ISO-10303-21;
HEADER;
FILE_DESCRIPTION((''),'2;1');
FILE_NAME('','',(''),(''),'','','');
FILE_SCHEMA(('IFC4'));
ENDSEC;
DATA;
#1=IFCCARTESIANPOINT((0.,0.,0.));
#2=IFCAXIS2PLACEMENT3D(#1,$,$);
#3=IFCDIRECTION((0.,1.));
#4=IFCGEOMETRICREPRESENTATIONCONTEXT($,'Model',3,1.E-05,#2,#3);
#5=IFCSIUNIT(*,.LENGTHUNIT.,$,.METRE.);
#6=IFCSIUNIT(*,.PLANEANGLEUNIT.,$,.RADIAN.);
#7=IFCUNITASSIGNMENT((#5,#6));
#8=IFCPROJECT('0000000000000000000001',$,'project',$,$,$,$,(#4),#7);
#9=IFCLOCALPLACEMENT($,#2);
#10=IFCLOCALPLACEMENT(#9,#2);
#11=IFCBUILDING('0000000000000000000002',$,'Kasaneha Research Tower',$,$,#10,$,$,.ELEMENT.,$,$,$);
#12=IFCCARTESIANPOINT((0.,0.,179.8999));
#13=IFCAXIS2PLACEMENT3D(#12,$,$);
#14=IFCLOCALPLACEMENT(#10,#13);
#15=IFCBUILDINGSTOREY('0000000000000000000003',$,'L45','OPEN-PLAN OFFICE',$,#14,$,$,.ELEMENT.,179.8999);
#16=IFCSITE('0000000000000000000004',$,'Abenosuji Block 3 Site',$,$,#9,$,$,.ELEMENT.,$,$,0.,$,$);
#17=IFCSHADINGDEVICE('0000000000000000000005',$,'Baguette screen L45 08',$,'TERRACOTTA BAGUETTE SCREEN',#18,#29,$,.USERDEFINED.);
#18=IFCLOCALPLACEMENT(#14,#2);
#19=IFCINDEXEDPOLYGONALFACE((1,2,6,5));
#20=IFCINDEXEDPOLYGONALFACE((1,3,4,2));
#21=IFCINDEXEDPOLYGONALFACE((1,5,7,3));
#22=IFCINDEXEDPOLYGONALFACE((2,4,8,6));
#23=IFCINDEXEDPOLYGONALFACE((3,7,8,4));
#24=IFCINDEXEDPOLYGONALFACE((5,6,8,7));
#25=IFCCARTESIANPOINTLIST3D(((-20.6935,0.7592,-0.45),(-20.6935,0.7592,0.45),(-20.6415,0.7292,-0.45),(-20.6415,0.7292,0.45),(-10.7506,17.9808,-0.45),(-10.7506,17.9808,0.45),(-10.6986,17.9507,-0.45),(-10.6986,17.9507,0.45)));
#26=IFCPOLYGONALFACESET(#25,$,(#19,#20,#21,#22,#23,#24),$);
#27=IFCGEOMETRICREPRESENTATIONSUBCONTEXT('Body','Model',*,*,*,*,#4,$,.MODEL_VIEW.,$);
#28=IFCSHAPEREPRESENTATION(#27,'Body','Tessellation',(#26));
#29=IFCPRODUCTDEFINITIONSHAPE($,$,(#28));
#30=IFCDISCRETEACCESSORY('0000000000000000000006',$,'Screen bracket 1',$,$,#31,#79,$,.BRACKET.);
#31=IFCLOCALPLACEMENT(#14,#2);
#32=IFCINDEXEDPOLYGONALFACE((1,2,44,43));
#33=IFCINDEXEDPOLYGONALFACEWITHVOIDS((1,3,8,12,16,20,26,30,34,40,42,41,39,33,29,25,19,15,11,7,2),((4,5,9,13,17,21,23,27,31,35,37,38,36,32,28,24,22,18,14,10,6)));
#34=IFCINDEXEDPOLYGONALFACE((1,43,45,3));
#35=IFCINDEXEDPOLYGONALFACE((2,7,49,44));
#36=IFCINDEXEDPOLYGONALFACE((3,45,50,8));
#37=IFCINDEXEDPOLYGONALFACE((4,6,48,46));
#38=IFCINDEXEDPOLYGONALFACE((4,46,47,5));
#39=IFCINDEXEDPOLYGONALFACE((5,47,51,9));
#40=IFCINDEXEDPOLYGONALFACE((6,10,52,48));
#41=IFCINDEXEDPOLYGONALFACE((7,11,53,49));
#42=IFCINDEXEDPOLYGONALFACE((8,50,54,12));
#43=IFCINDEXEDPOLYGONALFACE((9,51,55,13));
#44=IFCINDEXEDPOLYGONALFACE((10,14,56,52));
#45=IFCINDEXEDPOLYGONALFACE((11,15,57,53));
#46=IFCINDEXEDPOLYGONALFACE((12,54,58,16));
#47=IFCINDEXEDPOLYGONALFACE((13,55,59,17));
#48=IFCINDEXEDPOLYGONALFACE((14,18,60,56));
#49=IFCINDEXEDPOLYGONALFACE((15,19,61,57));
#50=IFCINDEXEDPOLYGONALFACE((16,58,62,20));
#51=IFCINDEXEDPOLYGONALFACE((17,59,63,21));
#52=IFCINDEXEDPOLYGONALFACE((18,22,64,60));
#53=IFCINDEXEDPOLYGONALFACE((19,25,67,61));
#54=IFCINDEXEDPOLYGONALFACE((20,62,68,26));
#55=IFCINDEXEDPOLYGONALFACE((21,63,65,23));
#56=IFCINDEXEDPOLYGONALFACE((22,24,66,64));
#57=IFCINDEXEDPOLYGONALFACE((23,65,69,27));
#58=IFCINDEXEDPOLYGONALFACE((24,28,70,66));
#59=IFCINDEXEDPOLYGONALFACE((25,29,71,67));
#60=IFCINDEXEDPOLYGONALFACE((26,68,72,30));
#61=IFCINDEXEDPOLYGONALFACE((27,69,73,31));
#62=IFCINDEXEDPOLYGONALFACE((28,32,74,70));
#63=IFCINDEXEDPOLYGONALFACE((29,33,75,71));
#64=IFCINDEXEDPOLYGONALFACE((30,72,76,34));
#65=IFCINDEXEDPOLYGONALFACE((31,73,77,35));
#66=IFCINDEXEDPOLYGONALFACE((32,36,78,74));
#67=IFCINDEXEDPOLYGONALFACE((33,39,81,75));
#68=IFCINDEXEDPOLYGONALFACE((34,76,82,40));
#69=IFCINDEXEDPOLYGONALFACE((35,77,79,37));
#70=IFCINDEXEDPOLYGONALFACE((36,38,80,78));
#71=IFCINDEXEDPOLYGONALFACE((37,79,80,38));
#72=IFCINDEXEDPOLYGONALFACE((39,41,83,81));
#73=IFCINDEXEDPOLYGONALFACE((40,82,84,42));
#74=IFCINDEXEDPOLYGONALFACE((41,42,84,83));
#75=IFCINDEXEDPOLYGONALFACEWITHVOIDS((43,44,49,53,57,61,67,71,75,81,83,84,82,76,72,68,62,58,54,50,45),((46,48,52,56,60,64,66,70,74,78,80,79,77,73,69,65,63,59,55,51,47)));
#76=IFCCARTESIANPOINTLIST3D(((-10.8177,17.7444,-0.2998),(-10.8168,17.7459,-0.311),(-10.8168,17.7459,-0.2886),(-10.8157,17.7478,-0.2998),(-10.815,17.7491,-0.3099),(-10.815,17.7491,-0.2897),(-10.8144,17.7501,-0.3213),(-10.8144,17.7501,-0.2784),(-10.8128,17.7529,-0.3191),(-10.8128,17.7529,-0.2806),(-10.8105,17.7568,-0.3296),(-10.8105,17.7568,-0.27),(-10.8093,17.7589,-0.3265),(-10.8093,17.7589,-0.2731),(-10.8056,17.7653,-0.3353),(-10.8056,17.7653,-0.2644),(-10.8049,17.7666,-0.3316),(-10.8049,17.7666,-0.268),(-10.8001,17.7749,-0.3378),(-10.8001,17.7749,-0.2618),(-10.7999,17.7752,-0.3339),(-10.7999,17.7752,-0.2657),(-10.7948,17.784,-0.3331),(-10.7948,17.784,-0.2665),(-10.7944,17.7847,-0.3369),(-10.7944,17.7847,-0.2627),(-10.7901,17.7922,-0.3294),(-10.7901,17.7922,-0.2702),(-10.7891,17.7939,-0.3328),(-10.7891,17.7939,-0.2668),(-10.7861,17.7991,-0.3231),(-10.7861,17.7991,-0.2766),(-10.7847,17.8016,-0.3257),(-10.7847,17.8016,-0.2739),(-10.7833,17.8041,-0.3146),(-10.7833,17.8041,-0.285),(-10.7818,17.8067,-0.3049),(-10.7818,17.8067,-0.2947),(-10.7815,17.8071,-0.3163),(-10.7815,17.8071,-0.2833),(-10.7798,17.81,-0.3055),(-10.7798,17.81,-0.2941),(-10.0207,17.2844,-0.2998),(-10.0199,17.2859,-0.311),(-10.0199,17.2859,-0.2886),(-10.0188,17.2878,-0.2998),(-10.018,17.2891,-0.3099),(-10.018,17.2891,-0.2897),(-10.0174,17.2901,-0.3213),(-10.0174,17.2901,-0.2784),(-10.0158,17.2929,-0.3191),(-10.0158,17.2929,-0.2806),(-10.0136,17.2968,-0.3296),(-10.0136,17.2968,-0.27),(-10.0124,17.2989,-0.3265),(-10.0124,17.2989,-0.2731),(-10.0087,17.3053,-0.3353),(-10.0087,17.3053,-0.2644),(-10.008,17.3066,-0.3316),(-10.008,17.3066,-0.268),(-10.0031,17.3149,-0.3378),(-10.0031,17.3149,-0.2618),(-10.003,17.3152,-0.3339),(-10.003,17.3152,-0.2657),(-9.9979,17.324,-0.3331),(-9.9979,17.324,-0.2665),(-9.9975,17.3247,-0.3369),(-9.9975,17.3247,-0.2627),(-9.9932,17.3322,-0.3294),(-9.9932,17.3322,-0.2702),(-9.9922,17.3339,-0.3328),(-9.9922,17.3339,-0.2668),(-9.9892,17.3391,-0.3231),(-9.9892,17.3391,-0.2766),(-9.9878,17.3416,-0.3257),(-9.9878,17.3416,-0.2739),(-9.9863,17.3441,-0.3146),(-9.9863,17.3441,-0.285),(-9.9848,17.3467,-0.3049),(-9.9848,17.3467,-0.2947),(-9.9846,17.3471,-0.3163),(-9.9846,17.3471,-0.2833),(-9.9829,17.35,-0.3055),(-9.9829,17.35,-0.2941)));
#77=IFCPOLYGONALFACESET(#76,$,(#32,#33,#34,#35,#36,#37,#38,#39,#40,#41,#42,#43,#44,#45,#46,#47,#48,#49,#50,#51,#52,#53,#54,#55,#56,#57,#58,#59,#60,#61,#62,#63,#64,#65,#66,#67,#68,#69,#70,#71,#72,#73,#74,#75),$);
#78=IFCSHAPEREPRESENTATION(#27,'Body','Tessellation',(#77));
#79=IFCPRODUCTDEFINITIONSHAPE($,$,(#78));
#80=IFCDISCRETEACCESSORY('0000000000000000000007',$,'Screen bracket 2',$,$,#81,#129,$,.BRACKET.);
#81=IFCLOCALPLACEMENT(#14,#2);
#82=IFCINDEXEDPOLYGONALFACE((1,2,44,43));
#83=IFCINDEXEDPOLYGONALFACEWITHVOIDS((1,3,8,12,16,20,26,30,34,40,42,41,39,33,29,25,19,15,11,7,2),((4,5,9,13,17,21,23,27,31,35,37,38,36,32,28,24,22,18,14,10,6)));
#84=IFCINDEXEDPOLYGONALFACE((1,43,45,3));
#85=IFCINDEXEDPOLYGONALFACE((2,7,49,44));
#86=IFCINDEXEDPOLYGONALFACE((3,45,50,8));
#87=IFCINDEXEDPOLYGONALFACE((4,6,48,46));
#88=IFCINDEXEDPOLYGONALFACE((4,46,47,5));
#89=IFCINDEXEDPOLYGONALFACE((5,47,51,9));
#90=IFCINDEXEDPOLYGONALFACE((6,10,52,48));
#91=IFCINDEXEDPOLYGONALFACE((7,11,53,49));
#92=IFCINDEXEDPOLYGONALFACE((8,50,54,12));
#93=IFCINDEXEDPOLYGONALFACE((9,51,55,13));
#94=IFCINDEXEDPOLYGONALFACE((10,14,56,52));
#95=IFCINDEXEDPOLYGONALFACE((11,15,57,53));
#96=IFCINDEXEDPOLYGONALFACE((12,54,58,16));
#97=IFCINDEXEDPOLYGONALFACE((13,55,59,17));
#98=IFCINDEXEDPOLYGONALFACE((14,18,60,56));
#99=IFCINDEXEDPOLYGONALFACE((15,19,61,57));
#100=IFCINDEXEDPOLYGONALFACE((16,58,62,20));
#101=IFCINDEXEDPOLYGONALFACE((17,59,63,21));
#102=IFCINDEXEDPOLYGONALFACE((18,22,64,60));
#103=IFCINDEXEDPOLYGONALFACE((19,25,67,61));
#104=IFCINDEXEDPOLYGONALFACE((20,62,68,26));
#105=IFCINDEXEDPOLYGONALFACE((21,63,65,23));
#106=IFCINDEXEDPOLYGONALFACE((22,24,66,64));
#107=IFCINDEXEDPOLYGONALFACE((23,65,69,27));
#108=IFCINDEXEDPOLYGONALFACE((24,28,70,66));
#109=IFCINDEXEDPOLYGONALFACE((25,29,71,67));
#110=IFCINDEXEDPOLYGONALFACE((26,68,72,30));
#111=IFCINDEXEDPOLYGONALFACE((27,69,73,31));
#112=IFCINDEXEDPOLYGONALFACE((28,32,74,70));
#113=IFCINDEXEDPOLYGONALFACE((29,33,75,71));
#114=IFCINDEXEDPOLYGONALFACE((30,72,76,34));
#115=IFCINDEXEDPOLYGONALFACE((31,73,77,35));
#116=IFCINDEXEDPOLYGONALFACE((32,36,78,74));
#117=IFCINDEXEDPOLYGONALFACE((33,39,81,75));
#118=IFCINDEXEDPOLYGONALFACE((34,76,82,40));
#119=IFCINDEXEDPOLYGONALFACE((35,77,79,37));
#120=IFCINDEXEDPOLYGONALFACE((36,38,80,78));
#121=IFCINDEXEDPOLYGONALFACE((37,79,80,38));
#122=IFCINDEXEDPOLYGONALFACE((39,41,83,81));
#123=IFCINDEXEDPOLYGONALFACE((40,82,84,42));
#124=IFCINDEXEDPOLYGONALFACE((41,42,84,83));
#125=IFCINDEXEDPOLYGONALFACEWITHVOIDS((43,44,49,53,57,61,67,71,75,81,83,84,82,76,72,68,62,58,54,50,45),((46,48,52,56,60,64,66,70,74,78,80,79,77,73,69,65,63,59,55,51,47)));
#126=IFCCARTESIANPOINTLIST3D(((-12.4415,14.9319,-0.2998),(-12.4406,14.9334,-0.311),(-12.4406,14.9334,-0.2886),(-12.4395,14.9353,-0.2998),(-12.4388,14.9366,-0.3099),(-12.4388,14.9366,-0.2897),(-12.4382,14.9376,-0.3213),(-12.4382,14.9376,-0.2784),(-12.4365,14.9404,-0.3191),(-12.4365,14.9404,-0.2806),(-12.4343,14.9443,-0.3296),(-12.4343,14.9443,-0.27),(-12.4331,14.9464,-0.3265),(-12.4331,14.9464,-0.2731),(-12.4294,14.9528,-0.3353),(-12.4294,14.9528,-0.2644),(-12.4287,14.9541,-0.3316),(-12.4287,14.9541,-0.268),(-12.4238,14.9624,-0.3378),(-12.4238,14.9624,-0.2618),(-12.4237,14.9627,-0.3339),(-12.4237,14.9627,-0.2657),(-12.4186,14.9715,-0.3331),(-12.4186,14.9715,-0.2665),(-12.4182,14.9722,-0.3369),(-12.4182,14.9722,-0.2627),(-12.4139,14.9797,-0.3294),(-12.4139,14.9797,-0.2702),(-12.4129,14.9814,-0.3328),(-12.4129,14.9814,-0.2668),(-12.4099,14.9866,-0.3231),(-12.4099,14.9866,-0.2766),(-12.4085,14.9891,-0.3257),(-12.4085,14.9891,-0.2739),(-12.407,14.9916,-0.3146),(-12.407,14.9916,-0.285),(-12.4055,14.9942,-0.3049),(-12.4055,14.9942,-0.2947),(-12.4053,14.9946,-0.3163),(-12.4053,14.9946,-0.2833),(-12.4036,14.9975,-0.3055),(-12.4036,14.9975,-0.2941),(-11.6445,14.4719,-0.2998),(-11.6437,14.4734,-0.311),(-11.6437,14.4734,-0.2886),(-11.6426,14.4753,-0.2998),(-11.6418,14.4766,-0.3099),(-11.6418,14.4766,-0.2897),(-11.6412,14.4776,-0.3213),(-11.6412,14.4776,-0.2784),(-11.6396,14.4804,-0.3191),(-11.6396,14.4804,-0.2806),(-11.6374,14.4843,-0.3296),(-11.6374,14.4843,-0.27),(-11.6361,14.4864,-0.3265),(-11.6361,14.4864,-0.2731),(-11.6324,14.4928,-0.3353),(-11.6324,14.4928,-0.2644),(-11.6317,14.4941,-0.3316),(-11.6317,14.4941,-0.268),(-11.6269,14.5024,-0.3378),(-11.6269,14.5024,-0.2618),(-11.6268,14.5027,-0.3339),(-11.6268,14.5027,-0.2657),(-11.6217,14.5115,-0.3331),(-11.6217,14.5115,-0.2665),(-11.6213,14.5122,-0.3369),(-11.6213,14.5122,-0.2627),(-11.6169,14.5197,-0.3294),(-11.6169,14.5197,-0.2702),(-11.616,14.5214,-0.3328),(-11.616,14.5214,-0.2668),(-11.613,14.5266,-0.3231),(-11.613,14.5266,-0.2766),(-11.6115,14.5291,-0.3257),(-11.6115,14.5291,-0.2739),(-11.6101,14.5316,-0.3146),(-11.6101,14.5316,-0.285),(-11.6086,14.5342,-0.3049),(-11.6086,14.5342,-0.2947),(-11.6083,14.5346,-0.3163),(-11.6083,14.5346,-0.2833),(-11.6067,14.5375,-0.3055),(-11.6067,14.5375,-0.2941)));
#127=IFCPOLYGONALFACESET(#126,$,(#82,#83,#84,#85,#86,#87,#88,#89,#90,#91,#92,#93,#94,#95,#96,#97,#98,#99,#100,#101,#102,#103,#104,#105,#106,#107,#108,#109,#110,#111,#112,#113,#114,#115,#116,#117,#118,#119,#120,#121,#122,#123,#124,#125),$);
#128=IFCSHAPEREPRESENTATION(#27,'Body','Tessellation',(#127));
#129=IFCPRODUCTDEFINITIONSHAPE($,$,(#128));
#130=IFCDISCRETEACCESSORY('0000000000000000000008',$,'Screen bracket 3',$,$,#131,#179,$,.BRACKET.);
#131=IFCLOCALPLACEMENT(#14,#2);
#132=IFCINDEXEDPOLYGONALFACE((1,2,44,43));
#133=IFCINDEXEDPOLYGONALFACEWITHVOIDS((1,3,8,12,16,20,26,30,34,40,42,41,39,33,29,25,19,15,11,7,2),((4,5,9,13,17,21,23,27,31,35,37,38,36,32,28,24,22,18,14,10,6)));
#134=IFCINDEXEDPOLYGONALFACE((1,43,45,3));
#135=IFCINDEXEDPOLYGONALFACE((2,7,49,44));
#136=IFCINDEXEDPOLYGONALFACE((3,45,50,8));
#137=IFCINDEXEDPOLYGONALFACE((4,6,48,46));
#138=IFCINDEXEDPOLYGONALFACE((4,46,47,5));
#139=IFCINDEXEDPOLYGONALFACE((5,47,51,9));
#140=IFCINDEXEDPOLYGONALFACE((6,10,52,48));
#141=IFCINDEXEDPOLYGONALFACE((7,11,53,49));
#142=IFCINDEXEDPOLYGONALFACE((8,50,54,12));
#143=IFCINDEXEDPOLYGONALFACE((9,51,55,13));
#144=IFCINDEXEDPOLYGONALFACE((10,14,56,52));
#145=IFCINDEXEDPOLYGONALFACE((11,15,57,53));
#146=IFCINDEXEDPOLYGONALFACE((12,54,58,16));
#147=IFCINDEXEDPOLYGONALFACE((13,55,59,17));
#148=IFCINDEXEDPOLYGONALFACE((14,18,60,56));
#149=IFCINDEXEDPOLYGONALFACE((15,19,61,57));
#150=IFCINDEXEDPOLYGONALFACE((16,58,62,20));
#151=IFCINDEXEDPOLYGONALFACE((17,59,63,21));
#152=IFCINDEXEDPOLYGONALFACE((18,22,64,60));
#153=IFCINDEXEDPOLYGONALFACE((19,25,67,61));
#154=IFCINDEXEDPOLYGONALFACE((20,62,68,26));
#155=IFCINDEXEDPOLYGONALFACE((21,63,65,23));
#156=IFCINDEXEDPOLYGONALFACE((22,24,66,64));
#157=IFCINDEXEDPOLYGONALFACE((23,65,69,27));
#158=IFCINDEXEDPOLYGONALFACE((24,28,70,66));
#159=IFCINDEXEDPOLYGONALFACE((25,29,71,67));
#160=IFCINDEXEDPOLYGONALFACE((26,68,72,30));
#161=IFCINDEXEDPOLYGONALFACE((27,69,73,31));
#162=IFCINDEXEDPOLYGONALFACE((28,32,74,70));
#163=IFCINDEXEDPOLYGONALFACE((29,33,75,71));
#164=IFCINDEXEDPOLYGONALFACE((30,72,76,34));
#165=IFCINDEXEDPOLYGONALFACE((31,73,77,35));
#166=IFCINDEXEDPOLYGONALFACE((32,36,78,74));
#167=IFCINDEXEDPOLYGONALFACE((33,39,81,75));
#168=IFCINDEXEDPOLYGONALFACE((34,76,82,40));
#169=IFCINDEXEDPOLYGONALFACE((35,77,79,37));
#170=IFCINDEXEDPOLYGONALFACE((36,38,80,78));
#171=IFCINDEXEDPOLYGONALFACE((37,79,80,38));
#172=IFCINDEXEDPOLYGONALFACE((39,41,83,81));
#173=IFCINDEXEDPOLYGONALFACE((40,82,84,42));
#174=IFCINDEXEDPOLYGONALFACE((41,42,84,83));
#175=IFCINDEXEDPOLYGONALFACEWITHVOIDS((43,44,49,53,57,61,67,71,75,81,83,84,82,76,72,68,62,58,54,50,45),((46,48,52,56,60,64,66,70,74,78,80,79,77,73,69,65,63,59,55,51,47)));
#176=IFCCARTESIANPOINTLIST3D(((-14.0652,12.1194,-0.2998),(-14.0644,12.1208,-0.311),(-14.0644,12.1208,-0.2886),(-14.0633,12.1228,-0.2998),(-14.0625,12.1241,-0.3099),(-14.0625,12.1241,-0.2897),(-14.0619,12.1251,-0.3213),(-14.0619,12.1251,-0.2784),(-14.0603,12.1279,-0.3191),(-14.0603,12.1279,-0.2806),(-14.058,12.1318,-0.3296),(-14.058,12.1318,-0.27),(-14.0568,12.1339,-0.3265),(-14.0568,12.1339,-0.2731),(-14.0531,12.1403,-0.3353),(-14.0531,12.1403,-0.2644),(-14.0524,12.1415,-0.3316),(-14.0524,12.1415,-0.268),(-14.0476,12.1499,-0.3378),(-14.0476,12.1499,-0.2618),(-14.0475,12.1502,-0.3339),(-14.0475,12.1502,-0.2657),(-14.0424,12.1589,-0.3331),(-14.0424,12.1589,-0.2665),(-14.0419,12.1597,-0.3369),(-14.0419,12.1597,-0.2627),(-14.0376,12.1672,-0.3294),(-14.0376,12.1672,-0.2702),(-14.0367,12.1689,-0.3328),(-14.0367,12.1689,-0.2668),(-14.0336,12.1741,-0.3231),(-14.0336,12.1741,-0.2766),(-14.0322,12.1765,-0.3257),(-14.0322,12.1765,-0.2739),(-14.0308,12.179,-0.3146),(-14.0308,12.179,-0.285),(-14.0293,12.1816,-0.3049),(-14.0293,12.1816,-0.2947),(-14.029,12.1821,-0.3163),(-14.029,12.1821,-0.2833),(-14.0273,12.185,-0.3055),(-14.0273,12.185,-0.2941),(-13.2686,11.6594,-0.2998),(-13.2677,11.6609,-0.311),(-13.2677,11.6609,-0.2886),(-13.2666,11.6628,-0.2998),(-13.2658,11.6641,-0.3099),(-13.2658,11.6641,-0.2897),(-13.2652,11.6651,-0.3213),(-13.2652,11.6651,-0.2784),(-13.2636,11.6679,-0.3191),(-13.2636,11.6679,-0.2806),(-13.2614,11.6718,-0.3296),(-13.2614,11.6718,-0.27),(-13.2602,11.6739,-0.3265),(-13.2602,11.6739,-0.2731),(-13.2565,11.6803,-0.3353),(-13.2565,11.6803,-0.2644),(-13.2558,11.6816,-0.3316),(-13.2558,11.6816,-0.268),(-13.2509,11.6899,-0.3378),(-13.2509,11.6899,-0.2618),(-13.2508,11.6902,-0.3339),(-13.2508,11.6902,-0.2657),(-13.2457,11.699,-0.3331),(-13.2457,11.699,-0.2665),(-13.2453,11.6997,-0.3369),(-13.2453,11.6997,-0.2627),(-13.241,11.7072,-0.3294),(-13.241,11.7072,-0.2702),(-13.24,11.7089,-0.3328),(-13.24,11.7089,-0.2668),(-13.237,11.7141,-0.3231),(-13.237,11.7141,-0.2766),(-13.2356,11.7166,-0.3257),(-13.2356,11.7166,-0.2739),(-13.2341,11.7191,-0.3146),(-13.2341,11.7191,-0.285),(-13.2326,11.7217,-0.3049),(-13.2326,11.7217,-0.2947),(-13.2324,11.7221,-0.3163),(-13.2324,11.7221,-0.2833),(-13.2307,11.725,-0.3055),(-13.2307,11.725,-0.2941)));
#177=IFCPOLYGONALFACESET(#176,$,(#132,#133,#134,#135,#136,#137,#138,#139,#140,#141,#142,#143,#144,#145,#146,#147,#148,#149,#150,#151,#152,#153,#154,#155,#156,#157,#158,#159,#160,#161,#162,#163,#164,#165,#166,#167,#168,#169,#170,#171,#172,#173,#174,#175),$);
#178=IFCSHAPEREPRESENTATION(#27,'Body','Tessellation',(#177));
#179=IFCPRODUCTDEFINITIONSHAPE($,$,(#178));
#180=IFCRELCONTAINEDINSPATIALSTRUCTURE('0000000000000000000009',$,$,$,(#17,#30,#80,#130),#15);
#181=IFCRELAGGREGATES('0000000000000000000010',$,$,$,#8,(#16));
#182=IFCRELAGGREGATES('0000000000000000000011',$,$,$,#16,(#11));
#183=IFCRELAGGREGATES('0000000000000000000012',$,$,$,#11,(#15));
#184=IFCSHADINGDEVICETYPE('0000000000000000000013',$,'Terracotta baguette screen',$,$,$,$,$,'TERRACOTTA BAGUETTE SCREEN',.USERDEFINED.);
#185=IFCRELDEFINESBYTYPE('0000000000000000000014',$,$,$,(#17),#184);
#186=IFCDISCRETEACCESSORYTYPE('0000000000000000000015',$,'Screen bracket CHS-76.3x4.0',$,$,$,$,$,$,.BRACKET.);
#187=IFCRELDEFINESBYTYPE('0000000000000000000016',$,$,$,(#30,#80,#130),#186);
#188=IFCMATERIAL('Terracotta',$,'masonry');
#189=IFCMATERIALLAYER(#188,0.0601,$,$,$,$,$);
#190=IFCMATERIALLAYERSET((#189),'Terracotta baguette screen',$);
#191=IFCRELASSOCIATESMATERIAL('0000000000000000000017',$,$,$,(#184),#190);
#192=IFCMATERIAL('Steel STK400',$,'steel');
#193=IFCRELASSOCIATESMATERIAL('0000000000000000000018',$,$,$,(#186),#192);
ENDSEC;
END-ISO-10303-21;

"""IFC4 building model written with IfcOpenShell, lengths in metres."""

from ifc_helpers import new_model, si_unit, direction, frame, origin, origin_2d, place, context, subcontext, project, spatial, rectangle, hollow_circle, extrude, material, layer, layer_set, material_profile, profile_set, type_object, element, save


model = new_model("IFC4")

# Units and contexts
model_context = context("Model", 3, precision=1e-05, world=origin(), true_north=direction((0.0, 1.0)))
body_context = subcontext(model_context, "Body", "Model", "MODEL_VIEW")
ifc_project = project(units=[si_unit("LENGTHUNIT", "METRE"), si_unit("PLANEANGLEUNIT", "RADIAN")], contexts=[model_context])

# Site, building, storey
site_placement = place(None, origin())
site = spatial("IfcSite", under=ifc_project, at=site_placement, Name="Abenosuji Block 3 Site", CompositionType="ELEMENT", RefElevation=0.0)
building_placement = place(site_placement, origin())
building = spatial("IfcBuilding", under=site, at=building_placement, Name="Kasaneha Research Tower", CompositionType="ELEMENT")
storey_placement = place(building_placement, frame((0.0, 0.0, 179.8999)))
storey = spatial("IfcBuildingStorey", under=building, at=storey_placement, Name="L45", Description="OPEN-PLAN OFFICE", CompositionType="ELEMENT", Elevation=179.8999)

# Shading device
ifc_material_1 = material(Name="Terracotta", Category="masonry")
ifc_layer_1 = layer(ifc_material_1, 0.0601)
ifc_layer_set_1 = layer_set([ifc_layer_1], Name="Terracotta baguette screen")
shading_device_type = type_object("IfcShadingDeviceType", Name="Terracotta baguette screen", ElementType="TERRACOTTA BAGUETTE SCREEN", PredefinedType="USERDEFINED", material=ifc_layer_set_1)
shading_device_placement = place(storey_placement, frame((-15.696, 9.355, -0.45), z_axis=(0.0, 0.0, 1.0), x_axis=(-0.5, -0.866025, 0.0)))
element("IfcShadingDevice", 1, at=shading_device_placement, inside=storey, type_object=shading_device_type, Name="Baguette screen L45 08", ObjectType="TERRACOTTA BAGUETTE SCREEN", PredefinedType="USERDEFINED", context=body_context, shape_type="SweptSolid", body=[
    extrude(rectangle(XDim=19.8857, YDim=0.0601, at=origin_2d()), origin(), (0.0, 0.0, 1.0), 0.8999),
])

# Discrete accessories
ifc_material_2 = material(Name="Steel STK400", Category="steel")
ifc_material_profile_1 = material_profile(ifc_material_2, hollow_circle(Radius=0.0381, WallThickness=0.0039, at=origin_2d()), Name="CHS-76.3x4.0")
ifc_profile_set_1 = profile_set([ifc_material_profile_1], Name="Steel STK400")
discrete_accessory_type = type_object("IfcDiscreteAccessoryType", Name="Screen bracket CHS-76.3x4.0", PredefinedType="BRACKET", material=ifc_profile_set_1)
for number, where, z_axis, x_axis, name in (
    (2, (-10.0017, 17.3174, -0.2998), (-0.86608, 0.499906, 0.0), (-0.499906, -0.86608, 0.0), "Screen bracket 1"),
    (3, (-11.6255, 14.5049, -0.2998), (-0.86608, 0.499906, 0.0), (-0.499906, -0.86608, 0.0), "Screen bracket 2"),
):
    element("IfcDiscreteAccessory", number, at=place(storey_placement, frame(where, z_axis=z_axis, x_axis=x_axis)), inside=storey, type_object=discrete_accessory_type, Name=name, PredefinedType="BRACKET", context=body_context, shape_type="SweptSolid", body=[
        extrude(hollow_circle(Radius=0.0381, WallThickness=0.0039, at=origin_2d()), origin(), (0.0, 0.0, 1.0), 0.9202),
    ])
for number, where, z_axis, x_axis, name in (
    (4, (-13.2495, 11.6924, -0.2998), (-0.866013, 0.500021, 0.0), (-0.500021, -0.866013, 0.0), "Screen bracket 3"),
):
    element("IfcDiscreteAccessory", number, at=place(storey_placement, frame(where, z_axis=z_axis, x_axis=x_axis)), inside=storey, type_object=discrete_accessory_type, Name=name, PredefinedType="BRACKET", context=body_context, shape_type="SweptSolid", body=[
        extrude(hollow_circle(Radius=0.0381, WallThickness=0.0039, at=origin_2d()), origin(), (0.0, 0.0, 1.0), 0.9199),
    ])

save(model, "model.ifc")
